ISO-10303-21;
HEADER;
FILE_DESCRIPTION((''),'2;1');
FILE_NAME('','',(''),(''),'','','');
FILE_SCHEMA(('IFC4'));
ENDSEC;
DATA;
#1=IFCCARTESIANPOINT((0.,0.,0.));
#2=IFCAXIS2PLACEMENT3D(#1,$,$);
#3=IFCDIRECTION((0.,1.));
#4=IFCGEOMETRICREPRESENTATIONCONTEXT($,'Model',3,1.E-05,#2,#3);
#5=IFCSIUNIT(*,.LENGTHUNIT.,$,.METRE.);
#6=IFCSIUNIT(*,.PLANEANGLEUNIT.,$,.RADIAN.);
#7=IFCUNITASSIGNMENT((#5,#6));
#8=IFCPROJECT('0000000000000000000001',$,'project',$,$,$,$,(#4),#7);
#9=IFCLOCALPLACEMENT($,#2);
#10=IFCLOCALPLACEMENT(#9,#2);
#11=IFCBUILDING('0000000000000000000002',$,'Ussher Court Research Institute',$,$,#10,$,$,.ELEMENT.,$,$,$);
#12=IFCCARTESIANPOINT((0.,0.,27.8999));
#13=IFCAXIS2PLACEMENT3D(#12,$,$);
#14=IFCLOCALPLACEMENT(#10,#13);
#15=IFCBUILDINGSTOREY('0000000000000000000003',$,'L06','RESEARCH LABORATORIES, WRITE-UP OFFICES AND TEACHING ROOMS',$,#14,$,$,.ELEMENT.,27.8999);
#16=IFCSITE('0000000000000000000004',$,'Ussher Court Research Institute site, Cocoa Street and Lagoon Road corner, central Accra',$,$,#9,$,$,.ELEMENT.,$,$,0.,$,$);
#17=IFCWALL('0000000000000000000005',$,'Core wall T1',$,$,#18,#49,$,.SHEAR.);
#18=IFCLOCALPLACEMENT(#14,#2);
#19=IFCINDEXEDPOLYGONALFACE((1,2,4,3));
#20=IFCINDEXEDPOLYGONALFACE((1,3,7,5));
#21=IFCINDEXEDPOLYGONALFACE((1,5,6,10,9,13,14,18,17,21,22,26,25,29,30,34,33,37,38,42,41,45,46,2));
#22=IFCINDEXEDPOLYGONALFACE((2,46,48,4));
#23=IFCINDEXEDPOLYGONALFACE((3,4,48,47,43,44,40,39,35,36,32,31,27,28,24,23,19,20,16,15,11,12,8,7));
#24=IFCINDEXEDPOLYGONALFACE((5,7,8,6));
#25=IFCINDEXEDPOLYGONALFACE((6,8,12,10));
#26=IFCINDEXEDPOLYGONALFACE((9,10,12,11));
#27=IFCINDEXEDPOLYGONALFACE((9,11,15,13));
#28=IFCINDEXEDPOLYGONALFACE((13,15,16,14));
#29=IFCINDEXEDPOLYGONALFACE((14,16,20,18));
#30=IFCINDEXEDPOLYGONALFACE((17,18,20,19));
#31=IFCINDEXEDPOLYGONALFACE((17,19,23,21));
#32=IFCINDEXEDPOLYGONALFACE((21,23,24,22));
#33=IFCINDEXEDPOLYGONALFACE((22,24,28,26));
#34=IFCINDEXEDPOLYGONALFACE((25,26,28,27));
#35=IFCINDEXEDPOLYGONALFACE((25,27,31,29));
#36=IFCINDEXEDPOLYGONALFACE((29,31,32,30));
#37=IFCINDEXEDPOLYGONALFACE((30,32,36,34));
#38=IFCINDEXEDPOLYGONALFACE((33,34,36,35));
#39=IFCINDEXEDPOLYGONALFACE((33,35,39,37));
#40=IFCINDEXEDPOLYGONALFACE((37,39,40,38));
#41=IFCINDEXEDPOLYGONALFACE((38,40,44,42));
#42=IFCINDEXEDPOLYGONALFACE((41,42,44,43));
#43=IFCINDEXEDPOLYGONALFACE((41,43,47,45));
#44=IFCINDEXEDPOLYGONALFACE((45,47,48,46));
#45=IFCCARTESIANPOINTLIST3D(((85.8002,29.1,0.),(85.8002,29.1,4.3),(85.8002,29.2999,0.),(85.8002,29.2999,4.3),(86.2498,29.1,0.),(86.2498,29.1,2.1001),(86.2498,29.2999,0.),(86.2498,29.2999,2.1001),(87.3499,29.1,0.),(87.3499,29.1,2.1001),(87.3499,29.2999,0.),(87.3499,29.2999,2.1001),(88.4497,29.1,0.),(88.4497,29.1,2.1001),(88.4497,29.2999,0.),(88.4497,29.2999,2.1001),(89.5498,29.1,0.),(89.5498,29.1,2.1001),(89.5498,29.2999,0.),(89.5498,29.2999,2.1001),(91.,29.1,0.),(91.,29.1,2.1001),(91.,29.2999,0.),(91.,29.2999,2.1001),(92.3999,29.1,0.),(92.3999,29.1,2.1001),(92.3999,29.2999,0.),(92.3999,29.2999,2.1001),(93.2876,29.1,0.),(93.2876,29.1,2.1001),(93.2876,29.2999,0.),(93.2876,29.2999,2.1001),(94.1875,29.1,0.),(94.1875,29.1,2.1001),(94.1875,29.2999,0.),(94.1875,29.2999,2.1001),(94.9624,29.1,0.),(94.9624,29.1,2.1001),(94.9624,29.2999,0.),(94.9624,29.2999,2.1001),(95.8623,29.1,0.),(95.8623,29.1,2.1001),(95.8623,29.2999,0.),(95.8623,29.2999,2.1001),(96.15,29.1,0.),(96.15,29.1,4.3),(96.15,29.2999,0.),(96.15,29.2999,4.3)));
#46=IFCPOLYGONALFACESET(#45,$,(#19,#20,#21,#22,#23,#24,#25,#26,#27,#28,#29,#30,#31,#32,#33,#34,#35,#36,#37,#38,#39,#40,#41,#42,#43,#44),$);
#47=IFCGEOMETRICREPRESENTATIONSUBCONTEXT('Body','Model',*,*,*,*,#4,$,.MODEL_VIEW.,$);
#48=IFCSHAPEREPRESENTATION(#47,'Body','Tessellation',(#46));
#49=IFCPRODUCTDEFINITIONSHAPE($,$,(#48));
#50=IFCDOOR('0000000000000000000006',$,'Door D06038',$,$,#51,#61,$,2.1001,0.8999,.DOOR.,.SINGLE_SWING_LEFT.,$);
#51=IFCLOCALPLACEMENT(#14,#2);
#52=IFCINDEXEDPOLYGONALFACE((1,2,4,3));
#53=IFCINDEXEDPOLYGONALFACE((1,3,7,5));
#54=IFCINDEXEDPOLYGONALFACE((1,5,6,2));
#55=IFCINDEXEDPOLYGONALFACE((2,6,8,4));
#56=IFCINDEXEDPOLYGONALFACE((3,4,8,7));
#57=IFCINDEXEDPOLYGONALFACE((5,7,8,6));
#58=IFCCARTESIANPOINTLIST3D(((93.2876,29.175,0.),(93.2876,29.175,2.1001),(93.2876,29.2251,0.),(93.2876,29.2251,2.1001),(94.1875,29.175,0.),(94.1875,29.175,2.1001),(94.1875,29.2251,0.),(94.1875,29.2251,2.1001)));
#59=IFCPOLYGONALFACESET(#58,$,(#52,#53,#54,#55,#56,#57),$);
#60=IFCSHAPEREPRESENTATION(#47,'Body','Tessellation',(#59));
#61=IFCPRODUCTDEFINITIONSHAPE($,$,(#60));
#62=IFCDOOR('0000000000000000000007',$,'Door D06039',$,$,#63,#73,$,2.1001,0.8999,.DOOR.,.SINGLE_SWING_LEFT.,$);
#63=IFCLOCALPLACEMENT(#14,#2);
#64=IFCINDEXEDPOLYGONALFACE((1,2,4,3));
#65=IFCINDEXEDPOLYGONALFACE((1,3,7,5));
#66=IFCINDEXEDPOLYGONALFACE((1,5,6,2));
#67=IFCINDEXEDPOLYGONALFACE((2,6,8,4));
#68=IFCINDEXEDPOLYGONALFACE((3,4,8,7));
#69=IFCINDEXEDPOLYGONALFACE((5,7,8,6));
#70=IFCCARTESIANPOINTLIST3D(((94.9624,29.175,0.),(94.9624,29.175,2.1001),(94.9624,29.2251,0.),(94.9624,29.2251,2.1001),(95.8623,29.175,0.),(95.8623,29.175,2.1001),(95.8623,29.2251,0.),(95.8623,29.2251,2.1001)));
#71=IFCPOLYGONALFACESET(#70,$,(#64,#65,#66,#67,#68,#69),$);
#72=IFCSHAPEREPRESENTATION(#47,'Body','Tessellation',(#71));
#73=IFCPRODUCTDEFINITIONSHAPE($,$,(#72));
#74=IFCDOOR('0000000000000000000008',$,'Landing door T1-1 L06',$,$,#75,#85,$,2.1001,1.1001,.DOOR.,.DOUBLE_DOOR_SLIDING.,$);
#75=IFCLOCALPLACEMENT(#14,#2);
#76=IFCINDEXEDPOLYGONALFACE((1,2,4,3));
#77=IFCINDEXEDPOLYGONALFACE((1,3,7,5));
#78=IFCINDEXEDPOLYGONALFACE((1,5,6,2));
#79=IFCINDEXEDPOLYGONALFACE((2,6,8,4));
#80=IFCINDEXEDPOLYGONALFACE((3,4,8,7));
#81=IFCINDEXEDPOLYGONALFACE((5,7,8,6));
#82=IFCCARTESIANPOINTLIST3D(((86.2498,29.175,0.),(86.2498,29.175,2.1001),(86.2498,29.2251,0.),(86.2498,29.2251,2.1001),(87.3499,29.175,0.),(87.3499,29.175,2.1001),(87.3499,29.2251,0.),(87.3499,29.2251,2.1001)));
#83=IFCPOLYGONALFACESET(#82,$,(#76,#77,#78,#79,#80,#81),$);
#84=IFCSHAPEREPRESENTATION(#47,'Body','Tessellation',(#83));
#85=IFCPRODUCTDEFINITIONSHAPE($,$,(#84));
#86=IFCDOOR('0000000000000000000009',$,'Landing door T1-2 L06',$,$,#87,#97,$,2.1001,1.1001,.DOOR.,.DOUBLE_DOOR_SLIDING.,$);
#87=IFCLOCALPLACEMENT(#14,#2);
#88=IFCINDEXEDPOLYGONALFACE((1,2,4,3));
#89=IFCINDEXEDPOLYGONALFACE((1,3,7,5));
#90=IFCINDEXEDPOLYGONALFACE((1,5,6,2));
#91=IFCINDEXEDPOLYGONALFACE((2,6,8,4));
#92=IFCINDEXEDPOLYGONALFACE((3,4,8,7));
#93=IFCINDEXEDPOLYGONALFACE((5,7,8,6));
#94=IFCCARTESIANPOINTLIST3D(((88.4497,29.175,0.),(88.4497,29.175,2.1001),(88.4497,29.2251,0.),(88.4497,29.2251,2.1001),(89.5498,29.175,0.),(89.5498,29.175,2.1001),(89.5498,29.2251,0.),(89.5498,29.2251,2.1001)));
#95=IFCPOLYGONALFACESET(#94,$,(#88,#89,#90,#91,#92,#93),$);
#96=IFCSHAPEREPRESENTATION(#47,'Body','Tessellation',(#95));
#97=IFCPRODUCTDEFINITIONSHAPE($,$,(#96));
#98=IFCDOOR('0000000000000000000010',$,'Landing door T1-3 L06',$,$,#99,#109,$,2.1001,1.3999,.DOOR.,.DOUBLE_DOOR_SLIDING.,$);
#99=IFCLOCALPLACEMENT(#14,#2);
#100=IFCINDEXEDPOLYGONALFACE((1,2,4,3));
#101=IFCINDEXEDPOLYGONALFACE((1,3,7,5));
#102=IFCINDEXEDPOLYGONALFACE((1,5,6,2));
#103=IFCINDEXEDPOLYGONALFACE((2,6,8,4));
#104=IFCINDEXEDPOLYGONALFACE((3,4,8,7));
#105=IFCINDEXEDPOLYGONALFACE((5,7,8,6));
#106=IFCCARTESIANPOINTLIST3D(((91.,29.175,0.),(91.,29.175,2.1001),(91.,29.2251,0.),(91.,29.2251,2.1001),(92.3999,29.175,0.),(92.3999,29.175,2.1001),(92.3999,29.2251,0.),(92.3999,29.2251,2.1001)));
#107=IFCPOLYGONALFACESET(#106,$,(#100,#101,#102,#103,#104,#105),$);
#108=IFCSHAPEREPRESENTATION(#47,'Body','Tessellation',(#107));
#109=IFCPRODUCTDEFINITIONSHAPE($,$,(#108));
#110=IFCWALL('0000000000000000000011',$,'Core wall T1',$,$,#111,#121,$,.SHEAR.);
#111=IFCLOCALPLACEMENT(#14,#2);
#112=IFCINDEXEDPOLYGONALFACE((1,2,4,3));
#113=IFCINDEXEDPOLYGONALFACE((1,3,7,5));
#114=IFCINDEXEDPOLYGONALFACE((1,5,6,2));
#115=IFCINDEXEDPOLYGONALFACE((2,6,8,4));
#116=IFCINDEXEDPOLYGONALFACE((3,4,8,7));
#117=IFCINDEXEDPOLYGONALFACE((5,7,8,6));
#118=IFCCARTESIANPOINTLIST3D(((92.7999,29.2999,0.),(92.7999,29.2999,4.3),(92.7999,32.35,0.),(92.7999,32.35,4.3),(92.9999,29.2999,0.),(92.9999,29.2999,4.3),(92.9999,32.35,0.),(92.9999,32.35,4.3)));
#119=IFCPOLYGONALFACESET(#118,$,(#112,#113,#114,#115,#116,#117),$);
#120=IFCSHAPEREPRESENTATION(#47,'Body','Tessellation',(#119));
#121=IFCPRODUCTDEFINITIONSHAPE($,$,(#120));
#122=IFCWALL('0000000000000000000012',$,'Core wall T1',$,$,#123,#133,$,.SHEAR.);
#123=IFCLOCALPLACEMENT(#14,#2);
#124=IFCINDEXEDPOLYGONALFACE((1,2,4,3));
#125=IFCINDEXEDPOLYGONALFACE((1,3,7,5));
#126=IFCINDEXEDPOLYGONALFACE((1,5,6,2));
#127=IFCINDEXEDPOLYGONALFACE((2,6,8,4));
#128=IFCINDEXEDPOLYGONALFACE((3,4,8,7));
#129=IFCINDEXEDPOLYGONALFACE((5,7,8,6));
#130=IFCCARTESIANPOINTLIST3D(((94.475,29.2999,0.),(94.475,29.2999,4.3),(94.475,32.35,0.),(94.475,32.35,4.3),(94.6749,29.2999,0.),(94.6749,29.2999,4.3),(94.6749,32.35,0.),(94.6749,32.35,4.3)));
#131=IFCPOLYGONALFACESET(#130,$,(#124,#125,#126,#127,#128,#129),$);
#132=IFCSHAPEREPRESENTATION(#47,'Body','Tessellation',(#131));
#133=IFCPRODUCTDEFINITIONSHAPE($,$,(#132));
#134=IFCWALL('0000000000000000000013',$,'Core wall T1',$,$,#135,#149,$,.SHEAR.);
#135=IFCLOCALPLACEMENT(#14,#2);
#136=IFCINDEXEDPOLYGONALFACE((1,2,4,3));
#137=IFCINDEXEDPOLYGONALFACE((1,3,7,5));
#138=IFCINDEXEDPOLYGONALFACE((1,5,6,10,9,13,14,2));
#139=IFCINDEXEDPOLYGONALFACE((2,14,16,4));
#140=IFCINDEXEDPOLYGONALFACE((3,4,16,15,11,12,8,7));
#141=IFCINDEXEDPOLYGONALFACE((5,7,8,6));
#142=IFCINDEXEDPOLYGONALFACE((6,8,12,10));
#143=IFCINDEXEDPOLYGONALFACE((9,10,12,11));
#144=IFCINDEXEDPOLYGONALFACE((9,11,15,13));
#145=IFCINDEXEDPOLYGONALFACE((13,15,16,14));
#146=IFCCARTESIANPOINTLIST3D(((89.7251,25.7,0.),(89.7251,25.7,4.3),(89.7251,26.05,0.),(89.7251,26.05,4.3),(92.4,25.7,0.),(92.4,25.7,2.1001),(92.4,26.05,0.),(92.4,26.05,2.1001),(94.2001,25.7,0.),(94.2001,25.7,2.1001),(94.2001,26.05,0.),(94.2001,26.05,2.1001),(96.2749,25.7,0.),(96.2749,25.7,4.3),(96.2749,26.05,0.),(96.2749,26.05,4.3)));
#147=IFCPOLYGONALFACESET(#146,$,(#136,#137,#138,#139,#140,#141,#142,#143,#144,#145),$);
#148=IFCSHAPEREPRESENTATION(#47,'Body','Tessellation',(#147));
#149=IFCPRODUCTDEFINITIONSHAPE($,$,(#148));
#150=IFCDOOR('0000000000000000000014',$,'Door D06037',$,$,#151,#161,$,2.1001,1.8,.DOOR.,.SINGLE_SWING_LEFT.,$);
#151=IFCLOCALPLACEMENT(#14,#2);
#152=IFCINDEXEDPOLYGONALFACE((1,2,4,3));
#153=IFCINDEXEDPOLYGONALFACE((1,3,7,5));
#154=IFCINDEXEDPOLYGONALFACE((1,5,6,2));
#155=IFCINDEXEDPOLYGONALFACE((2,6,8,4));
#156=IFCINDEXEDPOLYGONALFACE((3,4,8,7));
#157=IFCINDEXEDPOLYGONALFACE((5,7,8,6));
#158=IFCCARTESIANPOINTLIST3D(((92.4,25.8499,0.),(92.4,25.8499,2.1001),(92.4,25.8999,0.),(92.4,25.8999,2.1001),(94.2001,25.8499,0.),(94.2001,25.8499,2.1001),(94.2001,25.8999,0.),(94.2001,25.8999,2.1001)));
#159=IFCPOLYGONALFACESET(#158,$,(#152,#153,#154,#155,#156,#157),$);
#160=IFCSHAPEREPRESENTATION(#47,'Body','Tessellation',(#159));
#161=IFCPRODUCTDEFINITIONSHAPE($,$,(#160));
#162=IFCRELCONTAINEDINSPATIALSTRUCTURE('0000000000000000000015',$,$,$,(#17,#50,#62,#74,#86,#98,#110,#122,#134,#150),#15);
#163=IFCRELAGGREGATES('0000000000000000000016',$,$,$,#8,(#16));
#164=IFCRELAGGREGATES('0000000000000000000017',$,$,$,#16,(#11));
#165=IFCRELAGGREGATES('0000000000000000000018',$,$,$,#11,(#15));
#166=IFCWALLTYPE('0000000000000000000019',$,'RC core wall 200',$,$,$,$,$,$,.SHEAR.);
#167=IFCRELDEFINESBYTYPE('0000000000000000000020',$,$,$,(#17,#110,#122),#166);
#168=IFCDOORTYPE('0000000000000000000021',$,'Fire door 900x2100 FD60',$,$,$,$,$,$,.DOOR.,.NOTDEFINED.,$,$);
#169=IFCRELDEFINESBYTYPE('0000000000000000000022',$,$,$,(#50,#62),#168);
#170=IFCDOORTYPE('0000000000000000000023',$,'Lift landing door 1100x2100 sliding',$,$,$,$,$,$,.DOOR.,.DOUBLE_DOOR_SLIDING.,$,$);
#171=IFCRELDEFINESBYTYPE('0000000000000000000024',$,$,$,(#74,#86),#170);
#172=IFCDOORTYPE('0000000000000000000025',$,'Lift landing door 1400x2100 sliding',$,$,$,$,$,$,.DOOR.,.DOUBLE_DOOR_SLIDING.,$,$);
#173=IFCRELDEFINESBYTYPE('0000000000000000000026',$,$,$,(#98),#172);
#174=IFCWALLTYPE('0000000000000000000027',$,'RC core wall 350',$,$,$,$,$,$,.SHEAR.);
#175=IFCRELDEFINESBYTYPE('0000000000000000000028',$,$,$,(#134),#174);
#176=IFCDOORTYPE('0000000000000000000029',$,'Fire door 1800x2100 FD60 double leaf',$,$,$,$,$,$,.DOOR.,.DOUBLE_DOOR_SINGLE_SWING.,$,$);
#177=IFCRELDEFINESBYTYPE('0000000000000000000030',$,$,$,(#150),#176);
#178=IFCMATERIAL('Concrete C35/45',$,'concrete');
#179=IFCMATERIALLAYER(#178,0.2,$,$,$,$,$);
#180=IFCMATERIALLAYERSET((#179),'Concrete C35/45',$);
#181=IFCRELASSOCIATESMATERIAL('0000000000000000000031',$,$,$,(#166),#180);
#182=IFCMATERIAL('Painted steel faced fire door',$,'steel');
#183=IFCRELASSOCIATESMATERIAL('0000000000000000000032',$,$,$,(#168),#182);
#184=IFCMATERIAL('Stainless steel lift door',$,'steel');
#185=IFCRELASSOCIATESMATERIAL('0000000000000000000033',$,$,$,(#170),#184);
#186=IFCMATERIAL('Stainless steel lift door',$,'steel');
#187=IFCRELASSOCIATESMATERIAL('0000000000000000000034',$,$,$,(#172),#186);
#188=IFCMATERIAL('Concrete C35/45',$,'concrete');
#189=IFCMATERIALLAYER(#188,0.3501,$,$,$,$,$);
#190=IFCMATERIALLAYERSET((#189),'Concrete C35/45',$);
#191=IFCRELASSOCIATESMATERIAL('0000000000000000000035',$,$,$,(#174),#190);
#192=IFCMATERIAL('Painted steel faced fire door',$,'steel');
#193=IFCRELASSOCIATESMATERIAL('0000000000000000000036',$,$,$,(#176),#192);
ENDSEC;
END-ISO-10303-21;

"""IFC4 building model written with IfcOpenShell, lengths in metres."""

from ifc_helpers import new_model, si_unit, direction, frame, frame_2d, origin, place, context, subcontext, project, spatial, rectangle, extrude, material, layer, layer_set, type_object, element, fill, save


model = new_model("IFC4")

# Units and contexts
model_context = context("Model", 3, precision=1e-05, world=origin(), true_north=direction((0.0, 1.0)))
body_context = subcontext(model_context, "Body", "Model", "MODEL_VIEW")
ifc_project = project(units=[si_unit("LENGTHUNIT", "METRE"), si_unit("PLANEANGLEUNIT", "RADIAN")], contexts=[model_context])

# Site, building, storey
site_placement = place(None, origin())
site = spatial("IfcSite", under=ifc_project, at=site_placement, Name="Ussher Court Research Institute site, Cocoa Street and Lagoon Road corner, central Accra", CompositionType="ELEMENT", RefElevation=0.0)
building_placement = place(site_placement, origin())
building = spatial("IfcBuilding", under=site, at=building_placement, Name="Ussher Court Research Institute", CompositionType="ELEMENT")
storey_placement = place(building_placement, frame((0.0, 0.0, 27.8999)))
storey = spatial("IfcBuildingStorey", under=building, at=storey_placement, Name="L06", Description="RESEARCH LABORATORIES, WRITE-UP OFFICES AND TEACHING ROOMS", CompositionType="ELEMENT", Elevation=27.8999)

# Shared definitions
ifc_material_1 = material(Name="Concrete C35/45", Category="concrete")
ifc_layer_1 = layer(ifc_material_1, 0.2)
ifc_layer_set_1 = layer_set([ifc_layer_1], Name="Concrete C35/45")
wall_type_1 = type_object("IfcWallType", Name="RC core wall 200", PredefinedType="SHEAR", material=ifc_layer_set_1)

# Wall, openings, doors
wall_1_placement = place(storey_placement, frame((96.1499, 29.2, 0.0), z_axis=(0.0, 0.0, 1.0), x_axis=(-1.0, 0.0, 0.0)))
wall_1 = element("IfcWall", 1, at=wall_1_placement, inside=storey, type_object=wall_type_1, Name="Core wall T1", PredefinedType="SHEAR", context=body_context, shape_type="SweptSolid", body=[
    extrude(rectangle(XDim=10.3499, YDim=0.2, at=frame_2d((5.1748, 0.0))), origin(), (0.0, 0.0, 1.0), 4.3),
])
opening_1_placement = place(wall_1_placement, frame((8.8, 0.0, 0.0)))
opening_1 = element("IfcOpeningElement", 2, at=opening_1_placement, cuts=wall_1, PredefinedType="OPENING", context=body_context, shape_type="SweptSolid", body=[
    extrude(rectangle(XDim=1.1001, YDim=2.1001, at=frame_2d((0.55, 1.05))), frame((0.0, 0.1099, 0.0), z_axis=(0.0, -1.0, 0.0), x_axis=(1.0, 0.0, 0.0)), (0.0, 0.0, 1.0), 0.22),
])
opening_2_placement = place(wall_1_placement, frame((6.6001, 0.0, 0.0)))
opening_2 = element("IfcOpeningElement", 3, at=opening_2_placement, cuts=wall_1, PredefinedType="OPENING", context=body_context, shape_type="SweptSolid", body=[
    extrude(rectangle(XDim=1.1001, YDim=2.1001, at=frame_2d((0.55, 1.05))), frame((0.0, 0.1099, 0.0), z_axis=(0.0, -1.0, 0.0), x_axis=(1.0, 0.0, 0.0)), (0.0, 0.0, 1.0), 0.22),
])
opening_3_placement = place(wall_1_placement, frame((3.75, 0.0, 0.0)))
opening_3 = element("IfcOpeningElement", 4, at=opening_3_placement, cuts=wall_1, PredefinedType="OPENING", context=body_context, shape_type="SweptSolid", body=[
    extrude(rectangle(XDim=1.3999, YDim=2.1001, at=frame_2d((0.7, 1.05))), frame((0.0, 0.1099, 0.0), z_axis=(0.0, -1.0, 0.0), x_axis=(1.0, 0.0, 0.0)), (0.0, 0.0, 1.0), 0.22),
])
opening_4_placement = place(wall_1_placement, frame((1.9624, 0.0, 0.0)))
opening_4 = element("IfcOpeningElement", 5, at=opening_4_placement, cuts=wall_1, PredefinedType="OPENING", context=body_context, shape_type="SweptSolid", body=[
    extrude(rectangle(XDim=0.8999, YDim=2.1001, at=frame_2d((0.45, 1.05))), frame((0.0, 0.1099, 0.0), z_axis=(0.0, -1.0, 0.0), x_axis=(1.0, 0.0, 0.0)), (0.0, 0.0, 1.0), 0.22),
])
opening_5_placement = place(wall_1_placement, frame((0.2876, 0.0, 0.0)))
opening_5 = element("IfcOpeningElement", 6, at=opening_5_placement, cuts=wall_1, PredefinedType="OPENING", context=body_context, shape_type="SweptSolid", body=[
    extrude(rectangle(XDim=0.8999, YDim=2.1001, at=frame_2d((0.45, 1.05))), frame((0.0, 0.1099, 0.0), z_axis=(0.0, -1.0, 0.0), x_axis=(1.0, 0.0, 0.0)), (0.0, 0.0, 1.0), 0.22),
])
ifc_material_2 = material(Name="Painted steel faced fire door", Category="steel")
door_type_1 = type_object("IfcDoorType", Name="Fire door 900x2100 FD60", OperationType="NOTDEFINED", PredefinedType="DOOR", material=ifc_material_2)
door_1_placement = place(opening_4_placement, origin())
door_1 = element("IfcDoor", 7, at=door_1_placement, inside=storey, type_object=door_type_1, Name="Door D06038", OperationType="SINGLE_SWING_LEFT", OverallHeight=2.1001, OverallWidth=0.8999, PredefinedType="DOOR", context=body_context, shape_type="SweptSolid", body=[
    extrude(rectangle(XDim=0.8999, YDim=2.1001, at=frame_2d((0.45, 1.05))), frame((0.0, 0.0249, 0.0), z_axis=(0.0, -1.0, 0.0), x_axis=(1.0, 0.0, 0.0)), (0.0, 0.0, 1.0), 0.05),
])
fill(opening_4, door_1)
door_2_placement = place(opening_5_placement, origin())
door_2 = element("IfcDoor", 8, at=door_2_placement, inside=storey, type_object=door_type_1, Name="Door D06039", OperationType="SINGLE_SWING_LEFT", OverallHeight=2.1001, OverallWidth=0.8999, PredefinedType="DOOR", context=body_context, shape_type="SweptSolid", body=[
    extrude(rectangle(XDim=0.8999, YDim=2.1001, at=frame_2d((0.45, 1.05))), frame((0.0, 0.0249, 0.0), z_axis=(0.0, -1.0, 0.0), x_axis=(1.0, 0.0, 0.0)), (0.0, 0.0, 1.0), 0.05),
])
fill(opening_5, door_2)
ifc_material_3 = material(Name="Stainless steel lift door", Category="steel")
door_type_2 = type_object("IfcDoorType", Name="Lift landing door 1100x2100 sliding", OperationType="DOUBLE_DOOR_SLIDING", PredefinedType="DOOR", material=ifc_material_3)
door_3_placement = place(opening_1_placement, origin())
door_3 = element("IfcDoor", 9, at=door_3_placement, inside=storey, type_object=door_type_2, Name="Landing door T1-1 L06", OperationType="DOUBLE_DOOR_SLIDING", OverallHeight=2.1001, OverallWidth=1.1001, PredefinedType="DOOR", context=body_context, shape_type="SweptSolid", body=[
    extrude(rectangle(XDim=1.1001, YDim=2.1001, at=frame_2d((0.55, 1.05))), frame((0.0, 0.0249, 0.0), z_axis=(0.0, -1.0, 0.0), x_axis=(1.0, 0.0, 0.0)), (0.0, 0.0, 1.0), 0.05),
])
fill(opening_1, door_3)
door_4_placement = place(opening_2_placement, origin())
door_4 = element("IfcDoor", 10, at=door_4_placement, inside=storey, type_object=door_type_2, Name="Landing door T1-2 L06", OperationType="DOUBLE_DOOR_SLIDING", OverallHeight=2.1001, OverallWidth=1.1001, PredefinedType="DOOR", context=body_context, shape_type="SweptSolid", body=[
    extrude(rectangle(XDim=1.1001, YDim=2.1001, at=frame_2d((0.55, 1.05))), frame((0.0, 0.0249, 0.0), z_axis=(0.0, -1.0, 0.0), x_axis=(1.0, 0.0, 0.0)), (0.0, 0.0, 1.0), 0.05),
])
fill(opening_2, door_4)
ifc_material_4 = material(Name="Stainless steel lift door", Category="steel")
door_type_3 = type_object("IfcDoorType", Name="Lift landing door 1400x2100 sliding", OperationType="DOUBLE_DOOR_SLIDING", PredefinedType="DOOR", material=ifc_material_4)
door_5_placement = place(opening_3_placement, origin())
door_5 = element("IfcDoor", 11, at=door_5_placement, inside=storey, type_object=door_type_3, Name="Landing door T1-3 L06", OperationType="DOUBLE_DOOR_SLIDING", OverallHeight=2.1001, OverallWidth=1.3999, PredefinedType="DOOR", context=body_context, shape_type="SweptSolid", body=[
    extrude(rectangle(XDim=1.3999, YDim=2.1001, at=frame_2d((0.7, 1.05))), frame((0.0, 0.0249, 0.0), z_axis=(0.0, -1.0, 0.0), x_axis=(1.0, 0.0, 0.0)), (0.0, 0.0, 1.0), 0.05),
])
fill(opening_3, door_5)

# Walls
for number, where, z_axis, x_axis, name in (
    (12, (92.8999, 29.3, 0.0), (0.0, 0.0, 1.0), (0.0, 1.0, 0.0), "Core wall T1"),
    (13, (94.575, 29.3, 0.0), (0.0, 0.0, 1.0), (0.0, 1.0, 0.0), "Core wall T1"),
):
    element("IfcWall", number, at=place(storey_placement, frame(where, z_axis=z_axis, x_axis=x_axis)), inside=storey, type_object=wall_type_1, Name=name, PredefinedType="SHEAR", context=body_context, shape_type="SweptSolid", body=[
        extrude(rectangle(XDim=3.05, YDim=0.2, at=frame_2d((1.5249, 0.0))), origin(), (0.0, 0.0, 1.0), 4.3),
    ])

# Wall, opening, door
ifc_material_5 = material(Name="Concrete C35/45", Category="concrete")
ifc_layer_2 = layer(ifc_material_5, 0.3501)
ifc_layer_set_2 = layer_set([ifc_layer_2], Name="Concrete C35/45")
wall_type_2 = type_object("IfcWallType", Name="RC core wall 350", PredefinedType="SHEAR", material=ifc_layer_set_2)
wall_2_placement = place(storey_placement, frame((89.7251, 25.875, 0.0), z_axis=(0.0, 0.0, 1.0), x_axis=(1.0, 0.0, 0.0)))
wall_2 = element("IfcWall", 14, at=wall_2_placement, inside=storey, type_object=wall_type_2, Name="Core wall T1", PredefinedType="SHEAR", context=body_context, shape_type="SweptSolid", body=[
    extrude(rectangle(XDim=6.5498, YDim=0.3501, at=frame_2d((3.2749, 0.0))), origin(), (0.0, 0.0, 1.0), 4.3),
])
opening_6_placement = place(wall_2_placement, frame((2.675, 0.0, 0.0)))
opening_6 = element("IfcOpeningElement", 15, at=opening_6_placement, cuts=wall_2, PredefinedType="OPENING", context=body_context, shape_type="SweptSolid", body=[
    extrude(rectangle(XDim=1.8, YDim=2.1001, at=frame_2d((0.8999, 1.05))), frame((0.0, 0.1851, 0.0), z_axis=(0.0, -1.0, 0.0), x_axis=(1.0, 0.0, 0.0)), (0.0, 0.0, 1.0), 0.3701),
])
ifc_material_6 = material(Name="Painted steel faced fire door", Category="steel")
door_type_4 = type_object("IfcDoorType", Name="Fire door 1800x2100 FD60 double leaf", OperationType="DOUBLE_DOOR_SINGLE_SWING", PredefinedType="DOOR", material=ifc_material_6)
door_6_placement = place(opening_6_placement, origin())
door_6 = element("IfcDoor", 16, at=door_6_placement, inside=storey, type_object=door_type_4, Name="Door D06037", OperationType="SINGLE_SWING_LEFT", OverallHeight=2.1001, OverallWidth=1.8, PredefinedType="DOOR", context=body_context, shape_type="SweptSolid", body=[
    extrude(rectangle(XDim=1.8, YDim=2.1001, at=frame_2d((0.8999, 1.05))), frame((0.0, 0.0249, 0.0), z_axis=(0.0, -1.0, 0.0), x_axis=(1.0, 0.0, 0.0)), (0.0, 0.0, 1.0), 0.05),
])
fill(opening_6, door_6)

save(model, "model.ifc")
